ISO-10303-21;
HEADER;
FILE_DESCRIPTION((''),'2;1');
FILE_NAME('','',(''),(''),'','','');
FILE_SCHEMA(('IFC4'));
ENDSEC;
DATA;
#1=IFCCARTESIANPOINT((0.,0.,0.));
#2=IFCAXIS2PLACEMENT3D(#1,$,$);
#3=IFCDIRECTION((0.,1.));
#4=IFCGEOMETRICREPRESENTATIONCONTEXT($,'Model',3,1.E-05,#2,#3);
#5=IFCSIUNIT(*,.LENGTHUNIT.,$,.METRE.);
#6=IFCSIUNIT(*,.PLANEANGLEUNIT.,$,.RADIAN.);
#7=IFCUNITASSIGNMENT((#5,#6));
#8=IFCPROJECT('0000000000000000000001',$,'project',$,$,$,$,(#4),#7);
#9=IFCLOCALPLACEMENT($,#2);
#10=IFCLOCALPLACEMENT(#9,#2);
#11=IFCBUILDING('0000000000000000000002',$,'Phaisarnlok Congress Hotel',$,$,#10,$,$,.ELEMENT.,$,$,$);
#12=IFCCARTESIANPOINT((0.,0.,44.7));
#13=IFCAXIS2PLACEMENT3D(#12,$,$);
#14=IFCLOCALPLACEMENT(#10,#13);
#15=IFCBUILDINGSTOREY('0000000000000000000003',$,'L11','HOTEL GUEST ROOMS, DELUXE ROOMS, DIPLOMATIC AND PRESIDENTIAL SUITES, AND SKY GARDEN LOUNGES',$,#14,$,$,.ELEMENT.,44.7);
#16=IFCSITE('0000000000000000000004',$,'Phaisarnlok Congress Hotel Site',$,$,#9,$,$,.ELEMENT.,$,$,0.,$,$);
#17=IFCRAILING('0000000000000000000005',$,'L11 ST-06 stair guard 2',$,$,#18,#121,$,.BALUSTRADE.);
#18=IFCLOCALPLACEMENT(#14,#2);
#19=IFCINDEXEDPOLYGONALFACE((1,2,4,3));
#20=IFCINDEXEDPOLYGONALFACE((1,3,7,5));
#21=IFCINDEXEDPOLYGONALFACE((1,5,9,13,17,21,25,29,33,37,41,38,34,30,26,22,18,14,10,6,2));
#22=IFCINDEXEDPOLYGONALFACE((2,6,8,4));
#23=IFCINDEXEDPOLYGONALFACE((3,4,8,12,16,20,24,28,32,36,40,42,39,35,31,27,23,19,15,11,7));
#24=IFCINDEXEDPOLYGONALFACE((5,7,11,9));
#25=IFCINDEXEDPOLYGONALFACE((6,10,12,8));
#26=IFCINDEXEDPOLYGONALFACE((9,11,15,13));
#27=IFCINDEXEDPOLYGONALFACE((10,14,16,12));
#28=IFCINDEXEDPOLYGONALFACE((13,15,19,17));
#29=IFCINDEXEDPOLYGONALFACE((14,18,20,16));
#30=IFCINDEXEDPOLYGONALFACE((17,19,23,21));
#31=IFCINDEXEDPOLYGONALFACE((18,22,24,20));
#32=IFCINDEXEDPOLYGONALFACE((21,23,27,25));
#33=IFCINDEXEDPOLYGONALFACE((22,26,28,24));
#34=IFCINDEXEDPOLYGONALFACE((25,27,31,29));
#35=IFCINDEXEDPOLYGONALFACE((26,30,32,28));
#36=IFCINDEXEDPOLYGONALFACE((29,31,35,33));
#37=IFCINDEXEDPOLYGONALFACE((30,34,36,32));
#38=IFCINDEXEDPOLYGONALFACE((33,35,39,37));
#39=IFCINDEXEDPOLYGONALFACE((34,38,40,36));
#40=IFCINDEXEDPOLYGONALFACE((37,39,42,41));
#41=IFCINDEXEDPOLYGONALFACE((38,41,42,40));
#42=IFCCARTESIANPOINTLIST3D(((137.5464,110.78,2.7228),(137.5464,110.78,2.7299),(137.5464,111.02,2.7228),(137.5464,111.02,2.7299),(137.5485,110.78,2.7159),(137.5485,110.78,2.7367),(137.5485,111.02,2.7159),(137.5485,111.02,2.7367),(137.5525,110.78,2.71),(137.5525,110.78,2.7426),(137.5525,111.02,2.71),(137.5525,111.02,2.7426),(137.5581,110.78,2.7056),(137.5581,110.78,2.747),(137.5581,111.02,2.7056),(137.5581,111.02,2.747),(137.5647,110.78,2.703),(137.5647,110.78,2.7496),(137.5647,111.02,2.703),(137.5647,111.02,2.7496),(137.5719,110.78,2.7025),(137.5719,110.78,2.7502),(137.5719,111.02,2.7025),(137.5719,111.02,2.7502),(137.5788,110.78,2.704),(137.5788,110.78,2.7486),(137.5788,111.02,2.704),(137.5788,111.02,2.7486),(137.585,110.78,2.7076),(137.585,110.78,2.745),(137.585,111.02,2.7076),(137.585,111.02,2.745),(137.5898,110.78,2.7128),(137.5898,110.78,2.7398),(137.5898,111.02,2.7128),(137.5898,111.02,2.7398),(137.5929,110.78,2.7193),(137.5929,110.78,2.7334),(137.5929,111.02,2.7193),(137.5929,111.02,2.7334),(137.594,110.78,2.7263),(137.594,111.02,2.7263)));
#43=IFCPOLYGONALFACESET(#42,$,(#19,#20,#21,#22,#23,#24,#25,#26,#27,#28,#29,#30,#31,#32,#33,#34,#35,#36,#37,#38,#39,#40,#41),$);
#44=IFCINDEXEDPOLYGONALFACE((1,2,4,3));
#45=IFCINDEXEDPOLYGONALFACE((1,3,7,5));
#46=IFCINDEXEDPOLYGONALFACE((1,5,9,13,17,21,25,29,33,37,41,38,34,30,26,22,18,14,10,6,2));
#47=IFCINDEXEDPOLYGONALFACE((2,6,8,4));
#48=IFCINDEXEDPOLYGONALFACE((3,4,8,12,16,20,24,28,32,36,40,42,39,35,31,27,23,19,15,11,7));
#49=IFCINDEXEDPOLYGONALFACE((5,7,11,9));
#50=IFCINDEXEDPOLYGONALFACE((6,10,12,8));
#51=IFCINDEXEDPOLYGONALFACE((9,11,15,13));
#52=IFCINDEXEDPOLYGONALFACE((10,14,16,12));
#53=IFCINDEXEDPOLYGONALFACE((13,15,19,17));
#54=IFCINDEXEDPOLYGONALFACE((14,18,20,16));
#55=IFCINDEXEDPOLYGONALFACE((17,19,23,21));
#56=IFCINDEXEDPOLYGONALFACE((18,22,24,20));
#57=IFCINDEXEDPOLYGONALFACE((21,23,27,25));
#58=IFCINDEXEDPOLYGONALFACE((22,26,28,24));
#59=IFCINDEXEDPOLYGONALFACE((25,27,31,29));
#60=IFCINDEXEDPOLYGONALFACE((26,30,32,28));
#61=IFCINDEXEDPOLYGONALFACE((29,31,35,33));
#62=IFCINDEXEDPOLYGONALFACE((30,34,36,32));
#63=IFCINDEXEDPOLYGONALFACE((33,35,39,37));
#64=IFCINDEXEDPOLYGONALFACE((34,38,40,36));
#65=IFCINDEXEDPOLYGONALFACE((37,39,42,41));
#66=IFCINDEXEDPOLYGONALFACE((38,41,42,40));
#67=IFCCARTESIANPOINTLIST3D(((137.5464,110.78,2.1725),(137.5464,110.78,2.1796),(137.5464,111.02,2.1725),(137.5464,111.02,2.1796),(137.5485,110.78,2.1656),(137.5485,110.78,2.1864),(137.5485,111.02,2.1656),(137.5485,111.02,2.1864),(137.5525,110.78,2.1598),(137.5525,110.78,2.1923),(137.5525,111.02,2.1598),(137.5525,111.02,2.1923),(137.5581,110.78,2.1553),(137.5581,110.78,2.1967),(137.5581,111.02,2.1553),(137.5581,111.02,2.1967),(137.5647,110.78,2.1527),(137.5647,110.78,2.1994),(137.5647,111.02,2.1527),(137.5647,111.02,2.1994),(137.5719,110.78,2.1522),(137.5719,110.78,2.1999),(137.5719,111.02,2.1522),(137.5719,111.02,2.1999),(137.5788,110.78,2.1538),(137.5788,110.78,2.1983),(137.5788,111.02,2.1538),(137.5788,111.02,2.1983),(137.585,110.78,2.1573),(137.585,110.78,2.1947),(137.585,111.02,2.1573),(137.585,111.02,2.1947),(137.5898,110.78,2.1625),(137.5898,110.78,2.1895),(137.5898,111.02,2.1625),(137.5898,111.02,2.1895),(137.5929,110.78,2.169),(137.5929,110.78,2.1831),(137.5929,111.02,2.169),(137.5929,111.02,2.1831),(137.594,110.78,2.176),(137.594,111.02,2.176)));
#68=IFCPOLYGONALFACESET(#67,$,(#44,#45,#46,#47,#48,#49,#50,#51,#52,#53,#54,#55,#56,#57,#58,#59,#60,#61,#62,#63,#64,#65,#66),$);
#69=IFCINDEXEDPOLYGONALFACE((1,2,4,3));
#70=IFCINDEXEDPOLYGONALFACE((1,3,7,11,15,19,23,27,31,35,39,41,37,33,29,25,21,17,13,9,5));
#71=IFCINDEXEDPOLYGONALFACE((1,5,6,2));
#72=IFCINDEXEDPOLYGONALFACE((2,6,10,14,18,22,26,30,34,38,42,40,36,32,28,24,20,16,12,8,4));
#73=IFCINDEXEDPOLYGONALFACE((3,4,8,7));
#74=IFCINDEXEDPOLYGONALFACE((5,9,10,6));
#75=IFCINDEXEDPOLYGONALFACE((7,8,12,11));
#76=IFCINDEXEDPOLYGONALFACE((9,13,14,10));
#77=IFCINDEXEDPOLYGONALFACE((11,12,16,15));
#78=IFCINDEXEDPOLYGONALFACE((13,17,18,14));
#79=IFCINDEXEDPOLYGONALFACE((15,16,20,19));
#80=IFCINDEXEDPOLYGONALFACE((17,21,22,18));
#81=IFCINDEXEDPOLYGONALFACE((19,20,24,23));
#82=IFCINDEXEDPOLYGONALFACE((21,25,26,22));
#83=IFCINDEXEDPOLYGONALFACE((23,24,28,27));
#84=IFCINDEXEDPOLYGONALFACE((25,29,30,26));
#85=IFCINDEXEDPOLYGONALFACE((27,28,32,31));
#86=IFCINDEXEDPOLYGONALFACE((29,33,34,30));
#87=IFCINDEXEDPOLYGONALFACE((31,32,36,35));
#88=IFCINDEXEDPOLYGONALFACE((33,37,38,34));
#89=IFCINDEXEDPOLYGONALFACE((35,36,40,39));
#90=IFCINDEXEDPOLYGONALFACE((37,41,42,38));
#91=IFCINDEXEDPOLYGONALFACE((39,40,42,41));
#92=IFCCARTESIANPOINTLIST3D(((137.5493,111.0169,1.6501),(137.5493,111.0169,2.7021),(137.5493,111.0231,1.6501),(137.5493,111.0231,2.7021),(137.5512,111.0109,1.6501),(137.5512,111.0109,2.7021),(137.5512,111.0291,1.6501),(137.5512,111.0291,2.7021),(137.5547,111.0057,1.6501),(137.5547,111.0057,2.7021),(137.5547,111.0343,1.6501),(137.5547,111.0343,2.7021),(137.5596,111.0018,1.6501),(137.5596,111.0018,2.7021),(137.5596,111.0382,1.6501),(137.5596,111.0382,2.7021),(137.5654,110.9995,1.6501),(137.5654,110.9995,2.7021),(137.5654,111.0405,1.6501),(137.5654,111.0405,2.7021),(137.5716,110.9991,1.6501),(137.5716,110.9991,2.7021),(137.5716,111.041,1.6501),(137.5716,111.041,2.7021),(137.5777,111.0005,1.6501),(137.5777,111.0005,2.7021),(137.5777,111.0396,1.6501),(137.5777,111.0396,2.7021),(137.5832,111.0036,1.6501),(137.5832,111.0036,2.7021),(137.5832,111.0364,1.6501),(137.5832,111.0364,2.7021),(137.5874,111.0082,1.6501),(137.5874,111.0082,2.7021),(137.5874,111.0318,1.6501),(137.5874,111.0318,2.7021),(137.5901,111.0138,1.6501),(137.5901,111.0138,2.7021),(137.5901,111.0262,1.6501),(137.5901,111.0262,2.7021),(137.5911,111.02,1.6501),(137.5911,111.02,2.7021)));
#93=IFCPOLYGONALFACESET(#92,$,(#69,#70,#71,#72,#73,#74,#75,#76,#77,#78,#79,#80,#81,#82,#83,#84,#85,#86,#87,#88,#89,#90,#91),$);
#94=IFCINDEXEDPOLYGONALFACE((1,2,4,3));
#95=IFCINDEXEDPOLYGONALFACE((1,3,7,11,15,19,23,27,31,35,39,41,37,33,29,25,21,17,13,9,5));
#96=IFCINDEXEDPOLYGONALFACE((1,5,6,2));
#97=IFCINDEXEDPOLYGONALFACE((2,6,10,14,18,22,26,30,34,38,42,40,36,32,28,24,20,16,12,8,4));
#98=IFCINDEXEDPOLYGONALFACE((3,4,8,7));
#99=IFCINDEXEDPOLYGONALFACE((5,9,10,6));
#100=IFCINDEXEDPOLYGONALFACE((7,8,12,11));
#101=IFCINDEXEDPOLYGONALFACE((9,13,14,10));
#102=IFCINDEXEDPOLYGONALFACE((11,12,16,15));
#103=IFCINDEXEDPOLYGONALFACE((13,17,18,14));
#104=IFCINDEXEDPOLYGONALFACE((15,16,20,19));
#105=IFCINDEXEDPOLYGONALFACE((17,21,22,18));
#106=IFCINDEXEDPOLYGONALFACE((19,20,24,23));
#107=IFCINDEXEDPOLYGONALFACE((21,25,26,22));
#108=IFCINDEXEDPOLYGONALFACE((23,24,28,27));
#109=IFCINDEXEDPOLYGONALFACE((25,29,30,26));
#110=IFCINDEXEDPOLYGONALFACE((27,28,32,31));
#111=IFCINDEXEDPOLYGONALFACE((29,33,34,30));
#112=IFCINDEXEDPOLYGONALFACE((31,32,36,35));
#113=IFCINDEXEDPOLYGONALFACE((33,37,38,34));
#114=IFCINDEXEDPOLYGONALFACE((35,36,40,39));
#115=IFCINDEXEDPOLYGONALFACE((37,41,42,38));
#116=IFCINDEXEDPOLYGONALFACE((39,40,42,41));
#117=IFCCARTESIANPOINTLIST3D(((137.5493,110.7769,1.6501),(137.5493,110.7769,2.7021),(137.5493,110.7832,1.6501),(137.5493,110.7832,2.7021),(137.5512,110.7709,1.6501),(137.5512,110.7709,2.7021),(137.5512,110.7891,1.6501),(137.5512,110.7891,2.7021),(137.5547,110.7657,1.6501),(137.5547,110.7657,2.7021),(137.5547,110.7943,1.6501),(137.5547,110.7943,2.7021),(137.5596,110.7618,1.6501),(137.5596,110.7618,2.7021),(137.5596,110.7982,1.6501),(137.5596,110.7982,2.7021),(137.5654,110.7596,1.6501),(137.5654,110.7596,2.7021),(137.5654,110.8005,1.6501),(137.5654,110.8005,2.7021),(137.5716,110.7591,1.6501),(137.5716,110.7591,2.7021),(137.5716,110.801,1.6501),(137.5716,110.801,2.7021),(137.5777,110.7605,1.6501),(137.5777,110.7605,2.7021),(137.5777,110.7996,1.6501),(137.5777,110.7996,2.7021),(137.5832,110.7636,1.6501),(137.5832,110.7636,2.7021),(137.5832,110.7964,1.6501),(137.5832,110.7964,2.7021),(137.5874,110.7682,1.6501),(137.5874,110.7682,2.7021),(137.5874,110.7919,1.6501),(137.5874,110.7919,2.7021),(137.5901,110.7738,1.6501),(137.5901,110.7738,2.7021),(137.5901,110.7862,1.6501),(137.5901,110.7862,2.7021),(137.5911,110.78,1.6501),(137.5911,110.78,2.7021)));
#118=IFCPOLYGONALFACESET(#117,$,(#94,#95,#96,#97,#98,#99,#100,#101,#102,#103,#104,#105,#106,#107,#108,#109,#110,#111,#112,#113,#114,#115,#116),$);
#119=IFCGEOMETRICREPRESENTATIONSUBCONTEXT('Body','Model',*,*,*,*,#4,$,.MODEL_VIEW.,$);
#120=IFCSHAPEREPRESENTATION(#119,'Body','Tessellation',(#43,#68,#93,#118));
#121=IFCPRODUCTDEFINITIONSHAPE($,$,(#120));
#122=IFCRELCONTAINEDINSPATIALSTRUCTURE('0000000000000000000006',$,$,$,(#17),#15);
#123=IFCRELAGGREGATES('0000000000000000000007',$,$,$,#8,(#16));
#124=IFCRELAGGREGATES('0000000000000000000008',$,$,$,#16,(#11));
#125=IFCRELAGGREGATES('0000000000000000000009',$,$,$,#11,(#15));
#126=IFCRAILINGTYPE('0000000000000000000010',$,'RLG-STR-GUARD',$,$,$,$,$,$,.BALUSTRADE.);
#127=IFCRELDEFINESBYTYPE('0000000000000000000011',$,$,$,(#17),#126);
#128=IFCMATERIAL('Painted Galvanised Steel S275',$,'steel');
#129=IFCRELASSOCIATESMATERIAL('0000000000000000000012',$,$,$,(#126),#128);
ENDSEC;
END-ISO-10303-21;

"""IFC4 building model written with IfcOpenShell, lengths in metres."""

from ifc_helpers import new_model, si_unit, direction, frame, origin, origin_2d, place, context, subcontext, project, spatial, circle, extrude, material, type_object, element, save


model = new_model("IFC4")

# Units and contexts
model_context = context("Model", 3, precision=1e-05, world=origin(), true_north=direction((0.0, 1.0)))
body_context = subcontext(model_context, "Body", "Model", "MODEL_VIEW")
ifc_project = project(units=[si_unit("LENGTHUNIT", "METRE"), si_unit("PLANEANGLEUNIT", "RADIAN")], contexts=[model_context])

# Site, building, storey
site_placement = place(None, origin())
site = spatial("IfcSite", under=ifc_project, at=site_placement, Name="Phaisarnlok Congress Hotel Site", CompositionType="ELEMENT", RefElevation=0.0)
building_placement = place(site_placement, origin())
building = spatial("IfcBuilding", under=site, at=building_placement, Name="Phaisarnlok Congress Hotel", CompositionType="ELEMENT")
storey_placement = place(building_placement, frame((0.0, 0.0, 44.7)))
storey = spatial("IfcBuildingStorey", under=building, at=storey_placement, Name="L11", Description="HOTEL GUEST ROOMS, DELUXE ROOMS, DIPLOMATIC AND PRESIDENTIAL SUITES, AND SKY GARDEN LOUNGES", CompositionType="ELEMENT", Elevation=44.7)

# Railing
ifc_material_1 = material(Name="Painted Galvanised Steel S275", Category="steel")
railing_type_1 = type_object("IfcRailingType", Name="RLG-STR-GUARD", PredefinedType="BALUSTRADE", material=ifc_material_1)
railing_1_placement = place(storey_placement, frame((137.5701, 111.02, 1.6501)))
element("IfcRailing", 1, at=railing_1_placement, inside=storey, type_object=railing_type_1, Name="L11 ST-06 stair guard 2", PredefinedType="BALUSTRADE", context=body_context, shape_type="SweptSolid", body=[
    extrude(circle(Radius=0.0239, at=origin_2d()), frame((0.0, 0.0, 1.0762), z_axis=(0.0, -1.0, 0.0), x_axis=(1.0, 0.0, 0.0)), (0.0, 0.0, 1.0), 0.24),
    extrude(circle(Radius=0.0239, at=origin_2d()), frame((0.0, 0.0, 0.5259), z_axis=(0.0, -1.0, 0.0), x_axis=(1.0, 0.0, 0.0)), (0.0, 0.0, 1.0), 0.24),
    extrude(circle(Radius=0.021, at=origin_2d()), origin(), (0.0, 0.0, 1.0), 1.052),
    extrude(circle(Radius=0.021, at=origin_2d()), frame((0.0, -0.24, 0.0)), (0.0, 0.0, 1.0), 1.052),
])

save(model, "model.ifc")
